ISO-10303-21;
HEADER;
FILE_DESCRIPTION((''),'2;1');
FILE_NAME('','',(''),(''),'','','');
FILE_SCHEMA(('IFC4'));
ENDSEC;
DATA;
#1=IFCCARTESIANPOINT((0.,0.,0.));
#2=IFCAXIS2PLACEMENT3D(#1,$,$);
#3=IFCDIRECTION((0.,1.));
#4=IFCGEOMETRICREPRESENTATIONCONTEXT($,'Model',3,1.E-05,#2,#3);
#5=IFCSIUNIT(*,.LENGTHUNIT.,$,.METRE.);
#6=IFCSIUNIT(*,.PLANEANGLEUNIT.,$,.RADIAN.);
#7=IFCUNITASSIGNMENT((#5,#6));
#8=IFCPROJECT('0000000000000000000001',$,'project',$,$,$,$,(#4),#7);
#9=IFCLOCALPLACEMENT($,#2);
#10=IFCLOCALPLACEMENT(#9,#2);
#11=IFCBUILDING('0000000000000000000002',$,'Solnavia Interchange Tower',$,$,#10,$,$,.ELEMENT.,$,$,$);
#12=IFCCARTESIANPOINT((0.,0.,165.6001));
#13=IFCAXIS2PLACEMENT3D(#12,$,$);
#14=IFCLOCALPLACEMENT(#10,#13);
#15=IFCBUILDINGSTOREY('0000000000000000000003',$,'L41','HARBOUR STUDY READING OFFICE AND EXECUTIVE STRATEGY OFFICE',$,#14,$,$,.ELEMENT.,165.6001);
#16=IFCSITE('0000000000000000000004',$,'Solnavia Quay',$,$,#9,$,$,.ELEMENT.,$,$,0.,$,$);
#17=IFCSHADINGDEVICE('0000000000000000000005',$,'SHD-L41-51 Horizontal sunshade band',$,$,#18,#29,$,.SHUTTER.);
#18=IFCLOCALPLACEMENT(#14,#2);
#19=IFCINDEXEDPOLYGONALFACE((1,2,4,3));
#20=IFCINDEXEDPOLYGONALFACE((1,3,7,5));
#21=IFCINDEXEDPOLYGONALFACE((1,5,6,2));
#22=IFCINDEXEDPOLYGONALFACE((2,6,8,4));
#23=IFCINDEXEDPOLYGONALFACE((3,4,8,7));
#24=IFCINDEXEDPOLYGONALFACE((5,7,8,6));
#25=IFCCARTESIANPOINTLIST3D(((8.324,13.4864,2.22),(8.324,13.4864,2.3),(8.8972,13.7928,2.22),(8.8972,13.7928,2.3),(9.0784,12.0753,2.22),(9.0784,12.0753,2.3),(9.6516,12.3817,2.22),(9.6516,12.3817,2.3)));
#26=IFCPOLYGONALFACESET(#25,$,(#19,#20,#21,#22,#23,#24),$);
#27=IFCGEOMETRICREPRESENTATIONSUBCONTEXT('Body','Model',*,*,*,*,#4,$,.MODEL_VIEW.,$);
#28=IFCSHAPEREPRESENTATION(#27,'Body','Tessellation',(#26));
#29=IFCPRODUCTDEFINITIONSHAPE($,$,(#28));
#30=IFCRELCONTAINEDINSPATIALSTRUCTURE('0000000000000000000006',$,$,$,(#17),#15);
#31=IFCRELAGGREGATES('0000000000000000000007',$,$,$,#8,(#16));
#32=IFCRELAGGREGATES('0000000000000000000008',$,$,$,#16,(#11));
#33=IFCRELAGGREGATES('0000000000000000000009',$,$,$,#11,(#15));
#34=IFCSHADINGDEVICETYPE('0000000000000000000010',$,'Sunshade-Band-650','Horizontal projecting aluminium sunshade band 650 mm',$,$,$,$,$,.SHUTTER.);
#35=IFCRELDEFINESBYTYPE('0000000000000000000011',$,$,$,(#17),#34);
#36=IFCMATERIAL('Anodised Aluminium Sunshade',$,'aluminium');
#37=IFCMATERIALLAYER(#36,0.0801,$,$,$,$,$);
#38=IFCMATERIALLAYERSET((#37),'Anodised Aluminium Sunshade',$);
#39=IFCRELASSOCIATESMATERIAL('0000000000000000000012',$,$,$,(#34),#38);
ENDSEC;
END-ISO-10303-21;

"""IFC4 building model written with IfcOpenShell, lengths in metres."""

from ifc_helpers import new_model, si_unit, direction, frame, origin, origin_2d, place, context, subcontext, project, spatial, rectangle, extrude, material, layer, layer_set, type_object, element, save


model = new_model("IFC4")

# Units and contexts
model_context = context("Model", 3, precision=1e-05, world=origin(), true_north=direction((0.0, 1.0)))
body_context = subcontext(model_context, "Body", "Model", "MODEL_VIEW")
ifc_project = project(units=[si_unit("LENGTHUNIT", "METRE"), si_unit("PLANEANGLEUNIT", "RADIAN")], contexts=[model_context])

# Site, building, storey
site_placement = place(None, origin())
site = spatial("IfcSite", under=ifc_project, at=site_placement, Name="Solnavia Quay", CompositionType="ELEMENT", RefElevation=0.0)
building_placement = place(site_placement, origin())
building = spatial("IfcBuilding", under=site, at=building_placement, Name="Solnavia Interchange Tower", CompositionType="ELEMENT")
storey_placement = place(building_placement, frame((0.0, 0.0, 165.6001)))
storey = spatial("IfcBuildingStorey", under=building, at=storey_placement, Name="L41", Description="HARBOUR STUDY READING OFFICE AND EXECUTIVE STRATEGY OFFICE", CompositionType="ELEMENT", Elevation=165.6001)

# Shading device
ifc_material_1 = material(Name="Anodised Aluminium Sunshade", Category="aluminium")
ifc_layer_1 = layer(ifc_material_1, 0.0801)
ifc_layer_set_1 = layer_set([ifc_layer_1], Name="Anodised Aluminium Sunshade")
shading_device_type = type_object("IfcShadingDeviceType", Name="Sunshade-Band-650", Description="Horizontal projecting aluminium sunshade band 650 mm", PredefinedType="SHUTTER", material=ifc_layer_set_1)
for number, where, z_axis, x_axis, name in (
    (1, (8.9878, 12.9341, 2.22), (0.0, 0.0, 1.0), (-0.471474, 0.88188, 0.0), "SHD-L41-51 Horizontal sunshade band"),
):
    element("IfcShadingDevice", number, at=place(storey_placement, frame(where, z_axis=z_axis, x_axis=x_axis)), inside=storey, type_object=shading_device_type, Name=name, PredefinedType="SHUTTER", context=body_context, shape_type="SweptSolid", body=[
        extrude(rectangle(XDim=1.6001, YDim=0.6499, at=origin_2d()), origin(), (0.0, 0.0, 1.0), 0.0801),
    ])

save(model, "model.ifc")
